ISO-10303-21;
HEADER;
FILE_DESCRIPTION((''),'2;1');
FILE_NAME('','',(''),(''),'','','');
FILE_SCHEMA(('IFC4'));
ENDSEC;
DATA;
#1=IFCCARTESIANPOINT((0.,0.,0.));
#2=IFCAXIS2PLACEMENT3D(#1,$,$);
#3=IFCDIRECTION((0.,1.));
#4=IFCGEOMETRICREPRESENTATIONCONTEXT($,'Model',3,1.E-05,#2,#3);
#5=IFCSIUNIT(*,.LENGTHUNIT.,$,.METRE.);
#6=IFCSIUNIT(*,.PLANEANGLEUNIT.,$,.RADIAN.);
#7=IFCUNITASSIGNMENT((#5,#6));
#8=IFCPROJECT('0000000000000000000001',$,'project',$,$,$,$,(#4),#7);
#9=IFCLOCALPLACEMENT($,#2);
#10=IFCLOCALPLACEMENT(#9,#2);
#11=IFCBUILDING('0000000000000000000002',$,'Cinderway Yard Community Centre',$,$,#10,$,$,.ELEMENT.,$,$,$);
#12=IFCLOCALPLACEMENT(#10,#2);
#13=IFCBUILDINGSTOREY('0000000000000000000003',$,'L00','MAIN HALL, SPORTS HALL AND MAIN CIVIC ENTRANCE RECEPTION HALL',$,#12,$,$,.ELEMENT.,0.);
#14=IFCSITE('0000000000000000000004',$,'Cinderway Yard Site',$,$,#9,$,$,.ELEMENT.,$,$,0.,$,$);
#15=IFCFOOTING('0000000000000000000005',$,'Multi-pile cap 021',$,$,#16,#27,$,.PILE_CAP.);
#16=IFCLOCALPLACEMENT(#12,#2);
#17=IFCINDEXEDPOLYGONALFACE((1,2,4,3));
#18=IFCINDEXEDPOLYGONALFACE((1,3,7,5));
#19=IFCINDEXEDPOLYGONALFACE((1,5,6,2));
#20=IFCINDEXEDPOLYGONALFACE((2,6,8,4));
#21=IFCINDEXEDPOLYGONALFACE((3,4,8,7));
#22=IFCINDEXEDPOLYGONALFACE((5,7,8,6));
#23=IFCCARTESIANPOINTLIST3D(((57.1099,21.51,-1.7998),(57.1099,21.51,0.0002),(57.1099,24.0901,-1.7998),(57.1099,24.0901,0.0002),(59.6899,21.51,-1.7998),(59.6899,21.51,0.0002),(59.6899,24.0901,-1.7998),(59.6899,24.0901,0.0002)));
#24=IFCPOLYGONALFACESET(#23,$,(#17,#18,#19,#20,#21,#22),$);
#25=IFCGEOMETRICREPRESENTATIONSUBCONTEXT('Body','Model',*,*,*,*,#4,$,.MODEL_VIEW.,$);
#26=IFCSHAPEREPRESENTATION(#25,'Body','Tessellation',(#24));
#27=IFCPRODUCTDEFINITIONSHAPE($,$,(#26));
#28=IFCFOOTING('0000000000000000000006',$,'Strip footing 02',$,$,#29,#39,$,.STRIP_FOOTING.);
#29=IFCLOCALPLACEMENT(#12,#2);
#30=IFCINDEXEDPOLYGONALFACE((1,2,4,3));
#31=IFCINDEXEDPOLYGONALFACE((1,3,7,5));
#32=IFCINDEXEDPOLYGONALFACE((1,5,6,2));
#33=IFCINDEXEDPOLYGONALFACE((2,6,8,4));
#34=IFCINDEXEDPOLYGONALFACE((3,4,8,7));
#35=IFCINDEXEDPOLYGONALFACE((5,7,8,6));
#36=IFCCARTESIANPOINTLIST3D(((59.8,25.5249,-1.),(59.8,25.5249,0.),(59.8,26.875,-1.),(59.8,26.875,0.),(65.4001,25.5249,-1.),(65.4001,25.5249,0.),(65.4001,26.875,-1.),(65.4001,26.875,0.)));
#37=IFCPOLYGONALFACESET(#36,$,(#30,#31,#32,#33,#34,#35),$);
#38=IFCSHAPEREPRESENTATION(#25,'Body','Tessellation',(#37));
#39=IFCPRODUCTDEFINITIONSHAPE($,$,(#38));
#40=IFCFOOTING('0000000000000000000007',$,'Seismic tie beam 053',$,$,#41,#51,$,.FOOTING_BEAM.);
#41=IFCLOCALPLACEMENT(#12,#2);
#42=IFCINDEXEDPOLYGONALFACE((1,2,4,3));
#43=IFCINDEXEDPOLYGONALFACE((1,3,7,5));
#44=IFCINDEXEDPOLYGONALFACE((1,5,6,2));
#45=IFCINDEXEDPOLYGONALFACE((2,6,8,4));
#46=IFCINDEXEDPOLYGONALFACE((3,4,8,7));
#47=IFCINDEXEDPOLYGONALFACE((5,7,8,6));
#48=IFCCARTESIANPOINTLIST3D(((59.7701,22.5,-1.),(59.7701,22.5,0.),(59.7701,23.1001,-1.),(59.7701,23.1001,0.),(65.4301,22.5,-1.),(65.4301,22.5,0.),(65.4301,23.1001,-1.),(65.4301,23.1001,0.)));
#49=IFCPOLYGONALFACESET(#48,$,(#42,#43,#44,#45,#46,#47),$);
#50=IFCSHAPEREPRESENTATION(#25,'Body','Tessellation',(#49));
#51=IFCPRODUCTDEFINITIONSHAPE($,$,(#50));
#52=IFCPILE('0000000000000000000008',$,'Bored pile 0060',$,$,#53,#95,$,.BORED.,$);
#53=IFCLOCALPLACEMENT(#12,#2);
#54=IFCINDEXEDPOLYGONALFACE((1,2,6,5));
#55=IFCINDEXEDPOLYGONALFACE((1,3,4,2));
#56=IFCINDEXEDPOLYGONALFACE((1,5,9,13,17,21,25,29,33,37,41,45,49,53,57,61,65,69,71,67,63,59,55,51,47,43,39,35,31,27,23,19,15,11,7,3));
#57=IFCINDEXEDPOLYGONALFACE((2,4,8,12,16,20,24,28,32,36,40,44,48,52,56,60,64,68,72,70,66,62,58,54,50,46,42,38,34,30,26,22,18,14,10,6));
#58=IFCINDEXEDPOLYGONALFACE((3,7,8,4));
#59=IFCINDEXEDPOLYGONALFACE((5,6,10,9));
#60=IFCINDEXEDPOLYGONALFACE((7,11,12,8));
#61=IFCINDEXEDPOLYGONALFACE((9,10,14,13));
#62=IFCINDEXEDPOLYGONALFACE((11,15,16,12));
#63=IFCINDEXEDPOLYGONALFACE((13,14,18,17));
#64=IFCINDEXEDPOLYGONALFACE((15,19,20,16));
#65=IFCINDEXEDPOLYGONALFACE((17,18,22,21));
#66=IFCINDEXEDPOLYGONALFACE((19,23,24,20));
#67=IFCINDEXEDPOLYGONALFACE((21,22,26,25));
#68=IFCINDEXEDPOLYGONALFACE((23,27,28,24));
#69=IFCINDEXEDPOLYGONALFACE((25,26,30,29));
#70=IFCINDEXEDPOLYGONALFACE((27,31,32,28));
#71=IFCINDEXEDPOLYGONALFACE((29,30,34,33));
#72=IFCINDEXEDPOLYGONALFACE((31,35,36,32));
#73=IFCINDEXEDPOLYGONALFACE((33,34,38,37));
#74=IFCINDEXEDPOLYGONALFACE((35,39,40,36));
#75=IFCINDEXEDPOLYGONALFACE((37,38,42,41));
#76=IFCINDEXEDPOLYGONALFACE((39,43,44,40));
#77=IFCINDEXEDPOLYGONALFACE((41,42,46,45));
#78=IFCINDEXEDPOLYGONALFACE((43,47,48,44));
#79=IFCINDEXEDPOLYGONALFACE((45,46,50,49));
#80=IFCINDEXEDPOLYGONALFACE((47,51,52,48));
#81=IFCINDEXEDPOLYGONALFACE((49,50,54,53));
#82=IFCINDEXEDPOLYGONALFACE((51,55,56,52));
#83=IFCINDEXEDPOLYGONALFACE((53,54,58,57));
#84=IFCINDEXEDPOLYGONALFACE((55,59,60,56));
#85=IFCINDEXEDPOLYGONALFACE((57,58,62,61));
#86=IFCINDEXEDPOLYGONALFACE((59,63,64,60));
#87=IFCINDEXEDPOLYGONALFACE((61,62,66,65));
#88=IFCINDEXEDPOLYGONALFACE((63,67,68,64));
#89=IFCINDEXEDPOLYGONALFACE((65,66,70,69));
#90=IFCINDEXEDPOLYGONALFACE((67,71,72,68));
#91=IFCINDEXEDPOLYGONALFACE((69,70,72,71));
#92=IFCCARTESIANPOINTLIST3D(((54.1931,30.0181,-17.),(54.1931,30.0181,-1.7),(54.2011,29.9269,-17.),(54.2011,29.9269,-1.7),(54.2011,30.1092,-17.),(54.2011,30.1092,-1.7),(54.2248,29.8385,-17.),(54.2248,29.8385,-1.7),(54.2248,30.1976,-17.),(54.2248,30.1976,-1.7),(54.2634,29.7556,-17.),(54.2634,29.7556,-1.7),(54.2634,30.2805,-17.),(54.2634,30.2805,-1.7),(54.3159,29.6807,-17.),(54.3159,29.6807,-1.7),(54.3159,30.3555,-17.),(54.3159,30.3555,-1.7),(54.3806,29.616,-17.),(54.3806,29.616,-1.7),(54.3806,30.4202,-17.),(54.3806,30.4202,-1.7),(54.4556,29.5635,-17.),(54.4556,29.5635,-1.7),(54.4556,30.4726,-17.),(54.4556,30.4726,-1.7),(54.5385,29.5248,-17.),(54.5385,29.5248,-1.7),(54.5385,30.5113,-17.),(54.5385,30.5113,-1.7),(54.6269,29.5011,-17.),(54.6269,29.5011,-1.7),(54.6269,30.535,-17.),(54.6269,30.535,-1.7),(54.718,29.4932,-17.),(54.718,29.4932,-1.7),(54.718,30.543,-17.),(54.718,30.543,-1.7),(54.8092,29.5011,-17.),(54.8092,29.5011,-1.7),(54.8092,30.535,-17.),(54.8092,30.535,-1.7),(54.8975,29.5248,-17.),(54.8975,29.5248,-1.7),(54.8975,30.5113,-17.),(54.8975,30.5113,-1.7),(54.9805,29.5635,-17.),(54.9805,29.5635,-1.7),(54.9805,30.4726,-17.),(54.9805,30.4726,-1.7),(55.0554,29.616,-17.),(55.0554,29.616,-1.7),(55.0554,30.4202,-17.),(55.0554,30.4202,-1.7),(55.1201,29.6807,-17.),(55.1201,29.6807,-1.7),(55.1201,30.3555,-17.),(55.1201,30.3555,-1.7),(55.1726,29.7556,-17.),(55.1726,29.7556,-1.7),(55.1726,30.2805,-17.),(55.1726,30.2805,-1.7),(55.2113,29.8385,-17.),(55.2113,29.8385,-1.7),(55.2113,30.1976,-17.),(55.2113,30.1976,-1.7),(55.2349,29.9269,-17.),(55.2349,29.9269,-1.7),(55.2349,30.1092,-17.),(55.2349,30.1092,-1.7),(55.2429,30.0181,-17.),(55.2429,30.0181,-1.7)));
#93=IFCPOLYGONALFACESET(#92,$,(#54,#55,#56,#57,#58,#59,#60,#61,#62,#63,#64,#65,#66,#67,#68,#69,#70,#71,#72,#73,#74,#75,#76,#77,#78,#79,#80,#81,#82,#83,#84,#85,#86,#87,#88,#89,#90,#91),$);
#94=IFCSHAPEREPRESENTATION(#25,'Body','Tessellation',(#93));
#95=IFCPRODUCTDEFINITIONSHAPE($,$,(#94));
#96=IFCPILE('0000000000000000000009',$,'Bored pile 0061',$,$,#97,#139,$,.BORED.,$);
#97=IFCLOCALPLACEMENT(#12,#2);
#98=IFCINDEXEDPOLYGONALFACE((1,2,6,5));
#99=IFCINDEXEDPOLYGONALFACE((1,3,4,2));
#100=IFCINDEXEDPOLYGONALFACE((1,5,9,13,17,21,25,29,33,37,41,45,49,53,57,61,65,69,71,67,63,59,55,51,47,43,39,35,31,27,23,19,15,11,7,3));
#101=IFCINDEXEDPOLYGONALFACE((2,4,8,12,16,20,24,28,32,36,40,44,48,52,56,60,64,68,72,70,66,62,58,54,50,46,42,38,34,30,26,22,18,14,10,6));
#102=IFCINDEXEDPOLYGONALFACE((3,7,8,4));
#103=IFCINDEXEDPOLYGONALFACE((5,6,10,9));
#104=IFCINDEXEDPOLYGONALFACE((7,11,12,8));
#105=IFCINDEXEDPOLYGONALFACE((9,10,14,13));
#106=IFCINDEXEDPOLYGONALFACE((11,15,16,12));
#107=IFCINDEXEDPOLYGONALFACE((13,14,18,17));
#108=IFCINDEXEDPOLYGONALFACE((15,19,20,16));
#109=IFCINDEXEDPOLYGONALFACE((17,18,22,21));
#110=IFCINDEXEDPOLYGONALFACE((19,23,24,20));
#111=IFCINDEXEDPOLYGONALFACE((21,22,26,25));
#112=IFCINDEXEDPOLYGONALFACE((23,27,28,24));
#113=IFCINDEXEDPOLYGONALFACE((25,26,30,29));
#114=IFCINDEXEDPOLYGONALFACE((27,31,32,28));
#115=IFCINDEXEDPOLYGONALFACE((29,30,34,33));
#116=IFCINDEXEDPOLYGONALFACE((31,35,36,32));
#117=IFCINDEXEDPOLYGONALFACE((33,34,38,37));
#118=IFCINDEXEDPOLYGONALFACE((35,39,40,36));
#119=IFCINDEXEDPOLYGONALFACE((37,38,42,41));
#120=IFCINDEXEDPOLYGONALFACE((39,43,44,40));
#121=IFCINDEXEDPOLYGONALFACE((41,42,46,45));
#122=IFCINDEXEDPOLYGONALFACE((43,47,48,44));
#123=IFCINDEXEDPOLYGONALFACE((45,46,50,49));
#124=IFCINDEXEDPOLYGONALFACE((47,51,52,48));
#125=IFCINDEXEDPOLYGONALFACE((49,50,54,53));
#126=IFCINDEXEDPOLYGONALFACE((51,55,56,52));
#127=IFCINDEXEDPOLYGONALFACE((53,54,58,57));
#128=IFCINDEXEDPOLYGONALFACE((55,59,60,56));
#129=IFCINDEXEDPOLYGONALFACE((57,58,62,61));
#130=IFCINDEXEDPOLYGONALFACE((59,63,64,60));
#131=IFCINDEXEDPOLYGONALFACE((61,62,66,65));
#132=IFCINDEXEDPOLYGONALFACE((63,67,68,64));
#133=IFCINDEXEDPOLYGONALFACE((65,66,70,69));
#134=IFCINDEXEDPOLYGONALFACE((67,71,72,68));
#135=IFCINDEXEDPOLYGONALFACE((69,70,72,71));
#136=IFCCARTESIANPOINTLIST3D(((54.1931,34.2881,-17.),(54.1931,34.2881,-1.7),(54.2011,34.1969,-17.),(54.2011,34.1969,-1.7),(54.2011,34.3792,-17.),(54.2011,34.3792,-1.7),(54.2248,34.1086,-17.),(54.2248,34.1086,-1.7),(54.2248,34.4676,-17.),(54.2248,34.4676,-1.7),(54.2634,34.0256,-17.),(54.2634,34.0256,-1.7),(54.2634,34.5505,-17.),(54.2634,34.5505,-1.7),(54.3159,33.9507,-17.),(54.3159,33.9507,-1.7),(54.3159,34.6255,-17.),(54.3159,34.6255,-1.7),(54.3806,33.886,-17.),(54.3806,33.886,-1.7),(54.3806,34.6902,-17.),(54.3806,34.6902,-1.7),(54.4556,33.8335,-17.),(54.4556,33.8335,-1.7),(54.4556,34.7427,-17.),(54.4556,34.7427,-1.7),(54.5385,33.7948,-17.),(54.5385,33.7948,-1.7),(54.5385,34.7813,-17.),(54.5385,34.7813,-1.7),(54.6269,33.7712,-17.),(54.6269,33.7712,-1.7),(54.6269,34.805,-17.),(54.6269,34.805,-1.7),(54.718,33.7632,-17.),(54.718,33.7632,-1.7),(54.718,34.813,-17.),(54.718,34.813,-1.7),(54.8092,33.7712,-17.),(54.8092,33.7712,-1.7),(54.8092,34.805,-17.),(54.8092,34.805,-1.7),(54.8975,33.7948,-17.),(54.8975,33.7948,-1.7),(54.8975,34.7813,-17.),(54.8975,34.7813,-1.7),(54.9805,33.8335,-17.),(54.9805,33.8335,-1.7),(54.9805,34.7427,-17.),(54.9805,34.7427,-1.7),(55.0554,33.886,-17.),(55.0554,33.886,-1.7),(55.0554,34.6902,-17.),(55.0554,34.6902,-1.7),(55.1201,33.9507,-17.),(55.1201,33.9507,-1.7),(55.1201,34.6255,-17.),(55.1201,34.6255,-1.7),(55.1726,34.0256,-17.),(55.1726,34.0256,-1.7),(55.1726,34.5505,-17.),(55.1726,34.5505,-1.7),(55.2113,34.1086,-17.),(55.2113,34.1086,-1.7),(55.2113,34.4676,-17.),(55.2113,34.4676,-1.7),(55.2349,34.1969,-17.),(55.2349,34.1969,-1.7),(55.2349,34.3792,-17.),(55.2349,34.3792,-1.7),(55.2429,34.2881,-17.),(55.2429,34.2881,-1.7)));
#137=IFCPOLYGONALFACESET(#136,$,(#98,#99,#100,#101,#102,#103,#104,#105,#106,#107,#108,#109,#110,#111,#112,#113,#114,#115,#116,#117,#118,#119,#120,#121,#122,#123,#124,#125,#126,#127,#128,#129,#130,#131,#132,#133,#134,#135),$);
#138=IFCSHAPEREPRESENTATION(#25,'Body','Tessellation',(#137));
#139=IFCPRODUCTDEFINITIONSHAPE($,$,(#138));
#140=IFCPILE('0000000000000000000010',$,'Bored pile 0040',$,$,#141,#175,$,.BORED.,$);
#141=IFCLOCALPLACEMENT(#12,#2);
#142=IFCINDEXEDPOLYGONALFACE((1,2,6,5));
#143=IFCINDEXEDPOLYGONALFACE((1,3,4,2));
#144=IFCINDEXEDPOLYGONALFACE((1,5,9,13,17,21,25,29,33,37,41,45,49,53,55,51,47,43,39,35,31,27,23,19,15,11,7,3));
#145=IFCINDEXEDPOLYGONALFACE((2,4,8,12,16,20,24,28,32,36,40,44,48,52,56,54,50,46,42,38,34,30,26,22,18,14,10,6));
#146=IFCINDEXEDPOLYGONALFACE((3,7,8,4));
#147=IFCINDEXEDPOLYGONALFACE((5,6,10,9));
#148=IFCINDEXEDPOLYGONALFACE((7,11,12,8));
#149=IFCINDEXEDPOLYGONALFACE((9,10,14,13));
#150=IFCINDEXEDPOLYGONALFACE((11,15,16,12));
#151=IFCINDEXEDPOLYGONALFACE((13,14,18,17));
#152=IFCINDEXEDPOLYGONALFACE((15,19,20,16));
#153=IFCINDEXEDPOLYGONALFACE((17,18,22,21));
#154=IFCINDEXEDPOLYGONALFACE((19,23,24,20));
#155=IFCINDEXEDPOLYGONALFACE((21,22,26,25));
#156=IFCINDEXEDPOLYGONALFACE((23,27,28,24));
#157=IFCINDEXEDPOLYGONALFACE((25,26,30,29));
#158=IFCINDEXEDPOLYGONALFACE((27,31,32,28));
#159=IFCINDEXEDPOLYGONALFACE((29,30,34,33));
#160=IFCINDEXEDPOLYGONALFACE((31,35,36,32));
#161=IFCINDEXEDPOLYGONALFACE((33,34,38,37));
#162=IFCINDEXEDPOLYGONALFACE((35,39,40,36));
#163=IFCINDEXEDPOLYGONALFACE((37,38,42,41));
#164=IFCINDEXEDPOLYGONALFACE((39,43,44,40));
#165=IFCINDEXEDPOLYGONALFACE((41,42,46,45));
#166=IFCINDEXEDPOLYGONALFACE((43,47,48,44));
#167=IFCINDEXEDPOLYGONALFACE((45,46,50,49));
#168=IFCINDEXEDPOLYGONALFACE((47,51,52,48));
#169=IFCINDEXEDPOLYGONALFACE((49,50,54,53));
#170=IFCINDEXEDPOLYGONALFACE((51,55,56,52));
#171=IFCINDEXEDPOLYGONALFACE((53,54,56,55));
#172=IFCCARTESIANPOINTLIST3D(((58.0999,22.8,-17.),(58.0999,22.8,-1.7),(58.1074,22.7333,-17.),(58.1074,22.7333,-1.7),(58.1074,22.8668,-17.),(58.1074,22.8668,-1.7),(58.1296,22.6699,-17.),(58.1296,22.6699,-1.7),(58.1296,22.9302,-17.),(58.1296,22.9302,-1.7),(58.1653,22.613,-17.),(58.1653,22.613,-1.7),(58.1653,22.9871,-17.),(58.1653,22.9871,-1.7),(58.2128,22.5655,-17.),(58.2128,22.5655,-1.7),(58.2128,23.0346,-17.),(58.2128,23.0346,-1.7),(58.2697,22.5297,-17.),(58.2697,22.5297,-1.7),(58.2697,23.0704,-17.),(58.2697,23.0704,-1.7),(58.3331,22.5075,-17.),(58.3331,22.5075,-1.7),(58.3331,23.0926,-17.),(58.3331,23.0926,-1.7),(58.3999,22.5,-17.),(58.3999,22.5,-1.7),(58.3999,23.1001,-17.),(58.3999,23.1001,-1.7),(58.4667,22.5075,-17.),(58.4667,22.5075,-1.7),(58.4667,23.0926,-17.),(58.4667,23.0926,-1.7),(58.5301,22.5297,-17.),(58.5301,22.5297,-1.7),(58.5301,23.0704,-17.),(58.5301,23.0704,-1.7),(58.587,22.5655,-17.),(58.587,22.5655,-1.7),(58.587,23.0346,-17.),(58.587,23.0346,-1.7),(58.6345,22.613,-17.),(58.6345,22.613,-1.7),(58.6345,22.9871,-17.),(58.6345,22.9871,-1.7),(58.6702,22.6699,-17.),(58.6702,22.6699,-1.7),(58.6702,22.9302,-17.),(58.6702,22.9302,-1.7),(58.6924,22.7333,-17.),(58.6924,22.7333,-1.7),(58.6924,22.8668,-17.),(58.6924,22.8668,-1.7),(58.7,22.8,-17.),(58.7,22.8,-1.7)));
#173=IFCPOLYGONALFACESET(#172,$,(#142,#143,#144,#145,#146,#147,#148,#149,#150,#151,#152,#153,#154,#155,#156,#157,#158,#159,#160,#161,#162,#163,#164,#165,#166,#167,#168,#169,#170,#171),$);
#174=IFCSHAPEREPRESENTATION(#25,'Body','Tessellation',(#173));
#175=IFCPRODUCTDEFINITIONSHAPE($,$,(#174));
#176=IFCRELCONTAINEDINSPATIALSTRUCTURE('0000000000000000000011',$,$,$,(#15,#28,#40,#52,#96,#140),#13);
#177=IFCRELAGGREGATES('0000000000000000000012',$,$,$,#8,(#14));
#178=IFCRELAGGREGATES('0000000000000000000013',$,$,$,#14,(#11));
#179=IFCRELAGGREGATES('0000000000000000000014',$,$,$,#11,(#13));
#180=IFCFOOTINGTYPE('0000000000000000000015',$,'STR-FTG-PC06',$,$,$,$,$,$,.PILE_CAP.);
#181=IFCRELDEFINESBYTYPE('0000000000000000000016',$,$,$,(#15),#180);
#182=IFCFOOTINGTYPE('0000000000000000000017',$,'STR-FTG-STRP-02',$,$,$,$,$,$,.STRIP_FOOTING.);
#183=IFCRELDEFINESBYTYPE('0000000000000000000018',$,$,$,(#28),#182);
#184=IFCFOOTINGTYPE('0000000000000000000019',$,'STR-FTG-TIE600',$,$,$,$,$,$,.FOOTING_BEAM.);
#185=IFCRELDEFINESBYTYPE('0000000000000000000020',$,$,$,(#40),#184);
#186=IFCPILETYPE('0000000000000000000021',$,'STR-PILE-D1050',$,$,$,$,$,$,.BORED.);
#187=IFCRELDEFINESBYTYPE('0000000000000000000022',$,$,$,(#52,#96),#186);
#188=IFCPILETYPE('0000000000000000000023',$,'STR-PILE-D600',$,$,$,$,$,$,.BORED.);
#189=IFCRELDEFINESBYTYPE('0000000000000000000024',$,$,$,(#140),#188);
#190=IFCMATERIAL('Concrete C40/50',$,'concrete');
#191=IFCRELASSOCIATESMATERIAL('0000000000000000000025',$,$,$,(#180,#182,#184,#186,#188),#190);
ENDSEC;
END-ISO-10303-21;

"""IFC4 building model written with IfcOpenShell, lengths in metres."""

from ifc_helpers import new_model, si_unit, direction, frame, origin, origin_2d, place, context, subcontext, project, spatial, rectangle, circle, extrude, material, material_profile, profile_set, type_object, element, save


model = new_model("IFC4")

# Units and contexts
model_context = context("Model", 3, precision=1e-05, world=origin(), true_north=direction((0.0, 1.0)))
body_context = subcontext(model_context, "Body", "Model", "MODEL_VIEW")
ifc_project = project(units=[si_unit("LENGTHUNIT", "METRE"), si_unit("PLANEANGLEUNIT", "RADIAN")], contexts=[model_context])

# Site, building, storey
site_placement = place(None, origin())
site = spatial("IfcSite", under=ifc_project, at=site_placement, Name="Cinderway Yard Site", CompositionType="ELEMENT", RefElevation=0.0)
building_placement = place(site_placement, origin())
building = spatial("IfcBuilding", under=site, at=building_placement, Name="Cinderway Yard Community Centre", CompositionType="ELEMENT")
storey_placement = place(building_placement, origin())
storey = spatial("IfcBuildingStorey", under=building, at=storey_placement, Name="L00", Description="MAIN HALL, SPORTS HALL AND MAIN CIVIC ENTRANCE RECEPTION HALL", CompositionType="ELEMENT", Elevation=0.0)

# Footings
ifc_material_1 = material(Name="Concrete C40/50", Category="concrete")
footing_type_1 = type_object("IfcFootingType", Name="STR-FTG-PC06", PredefinedType="PILE_CAP", material=ifc_material_1)
footing_1_placement = place(storey_placement, frame((58.3999, 22.8, -1.7998), z_axis=(0.0, 0.0, 1.0), x_axis=(1.0, 0.0, 0.0)))
element("IfcFooting", 1, at=footing_1_placement, inside=storey, type_object=footing_type_1, Name="Multi-pile cap 021", PredefinedType="PILE_CAP", context=body_context, shape_type="SweptSolid", body=[
    extrude(rectangle(XDim=2.5801, YDim=2.5801, at=origin_2d()), origin(), (0.0, 0.0, 1.0), 1.8),
])
footing_type_2 = type_object("IfcFootingType", Name="STR-FTG-STRP-02", PredefinedType="STRIP_FOOTING", material=ifc_material_1)
footing_2_placement = place(storey_placement, frame((62.6001, 26.2, -1.0), z_axis=(0.0, 0.0, 1.0), x_axis=(1.0, 0.0, 0.0)))
element("IfcFooting", 2, at=footing_2_placement, inside=storey, type_object=footing_type_2, Name="Strip footing 02", PredefinedType="STRIP_FOOTING", context=body_context, shape_type="SweptSolid", body=[
    extrude(rectangle(XDim=5.6001, YDim=1.3501, at=origin_2d()), origin(), (0.0, 0.0, 1.0), 1.0),
])
footing_type_3 = type_object("IfcFootingType", Name="STR-FTG-TIE600", PredefinedType="FOOTING_BEAM", material=ifc_material_1)
footing_3_placement = place(storey_placement, frame((62.6001, 22.8, -1.0), z_axis=(0.0, 0.0, 1.0), x_axis=(1.0, 0.0, 0.0)))
element("IfcFooting", 3, at=footing_3_placement, inside=storey, type_object=footing_type_3, Name="Seismic tie beam 053", PredefinedType="FOOTING_BEAM", context=body_context, shape_type="SweptSolid", body=[
    extrude(rectangle(XDim=5.6599, YDim=0.6001, at=origin_2d()), origin(), (0.0, 0.0, 1.0), 1.0),
])

# Piles
ifc_material_profile_1 = material_profile(ifc_material_1, circle(Radius=0.5249, at=origin_2d()), Name="Concrete C40/50")
ifc_profile_set_1 = profile_set([ifc_material_profile_1], Name="Concrete C40/50")
pile_type_1 = type_object("IfcPileType", Name="STR-PILE-D1050", PredefinedType="BORED", material=ifc_profile_set_1)
for number, where, z_axis, x_axis, name in (
    (4, (54.718, 30.0181, -1.7), (0.0, 0.0, -1.0), (1.0, 0.0, 0.0), "Bored pile 0060"),
    (5, (54.718, 34.2881, -1.7), (0.0, 0.0, -1.0), (1.0, 0.0, 0.0), "Bored pile 0061"),
):
    element("IfcPile", number, at=place(storey_placement, frame(where, z_axis=z_axis, x_axis=x_axis)), inside=storey, type_object=pile_type_1, Name=name, PredefinedType="BORED", context=body_context, shape_type="SweptSolid", body=[
        extrude(circle(Radius=0.5249, at=origin_2d()), origin(), (0.0, 0.0, 1.0), 15.3),
    ])
ifc_material_profile_2 = material_profile(ifc_material_1, circle(Radius=0.3, at=origin_2d()), Name="Concrete C40/50")
ifc_profile_set_2 = profile_set([ifc_material_profile_2], Name="Concrete C40/50")
pile_type_2 = type_object("IfcPileType", Name="STR-PILE-D600", PredefinedType="BORED", material=ifc_profile_set_2)
pile_1_placement = place(storey_placement, frame((58.3999, 22.8, -1.7), z_axis=(0.0, 0.0, -1.0), x_axis=(1.0, 0.0, 0.0)))
element("IfcPile", 6, at=pile_1_placement, inside=storey, type_object=pile_type_2, Name="Bored pile 0040", PredefinedType="BORED", context=body_context, shape_type="SweptSolid", body=[
    extrude(circle(Radius=0.3, at=origin_2d()), origin(), (0.0, 0.0, 1.0), 15.3),
])

save(model, "model.ifc")
